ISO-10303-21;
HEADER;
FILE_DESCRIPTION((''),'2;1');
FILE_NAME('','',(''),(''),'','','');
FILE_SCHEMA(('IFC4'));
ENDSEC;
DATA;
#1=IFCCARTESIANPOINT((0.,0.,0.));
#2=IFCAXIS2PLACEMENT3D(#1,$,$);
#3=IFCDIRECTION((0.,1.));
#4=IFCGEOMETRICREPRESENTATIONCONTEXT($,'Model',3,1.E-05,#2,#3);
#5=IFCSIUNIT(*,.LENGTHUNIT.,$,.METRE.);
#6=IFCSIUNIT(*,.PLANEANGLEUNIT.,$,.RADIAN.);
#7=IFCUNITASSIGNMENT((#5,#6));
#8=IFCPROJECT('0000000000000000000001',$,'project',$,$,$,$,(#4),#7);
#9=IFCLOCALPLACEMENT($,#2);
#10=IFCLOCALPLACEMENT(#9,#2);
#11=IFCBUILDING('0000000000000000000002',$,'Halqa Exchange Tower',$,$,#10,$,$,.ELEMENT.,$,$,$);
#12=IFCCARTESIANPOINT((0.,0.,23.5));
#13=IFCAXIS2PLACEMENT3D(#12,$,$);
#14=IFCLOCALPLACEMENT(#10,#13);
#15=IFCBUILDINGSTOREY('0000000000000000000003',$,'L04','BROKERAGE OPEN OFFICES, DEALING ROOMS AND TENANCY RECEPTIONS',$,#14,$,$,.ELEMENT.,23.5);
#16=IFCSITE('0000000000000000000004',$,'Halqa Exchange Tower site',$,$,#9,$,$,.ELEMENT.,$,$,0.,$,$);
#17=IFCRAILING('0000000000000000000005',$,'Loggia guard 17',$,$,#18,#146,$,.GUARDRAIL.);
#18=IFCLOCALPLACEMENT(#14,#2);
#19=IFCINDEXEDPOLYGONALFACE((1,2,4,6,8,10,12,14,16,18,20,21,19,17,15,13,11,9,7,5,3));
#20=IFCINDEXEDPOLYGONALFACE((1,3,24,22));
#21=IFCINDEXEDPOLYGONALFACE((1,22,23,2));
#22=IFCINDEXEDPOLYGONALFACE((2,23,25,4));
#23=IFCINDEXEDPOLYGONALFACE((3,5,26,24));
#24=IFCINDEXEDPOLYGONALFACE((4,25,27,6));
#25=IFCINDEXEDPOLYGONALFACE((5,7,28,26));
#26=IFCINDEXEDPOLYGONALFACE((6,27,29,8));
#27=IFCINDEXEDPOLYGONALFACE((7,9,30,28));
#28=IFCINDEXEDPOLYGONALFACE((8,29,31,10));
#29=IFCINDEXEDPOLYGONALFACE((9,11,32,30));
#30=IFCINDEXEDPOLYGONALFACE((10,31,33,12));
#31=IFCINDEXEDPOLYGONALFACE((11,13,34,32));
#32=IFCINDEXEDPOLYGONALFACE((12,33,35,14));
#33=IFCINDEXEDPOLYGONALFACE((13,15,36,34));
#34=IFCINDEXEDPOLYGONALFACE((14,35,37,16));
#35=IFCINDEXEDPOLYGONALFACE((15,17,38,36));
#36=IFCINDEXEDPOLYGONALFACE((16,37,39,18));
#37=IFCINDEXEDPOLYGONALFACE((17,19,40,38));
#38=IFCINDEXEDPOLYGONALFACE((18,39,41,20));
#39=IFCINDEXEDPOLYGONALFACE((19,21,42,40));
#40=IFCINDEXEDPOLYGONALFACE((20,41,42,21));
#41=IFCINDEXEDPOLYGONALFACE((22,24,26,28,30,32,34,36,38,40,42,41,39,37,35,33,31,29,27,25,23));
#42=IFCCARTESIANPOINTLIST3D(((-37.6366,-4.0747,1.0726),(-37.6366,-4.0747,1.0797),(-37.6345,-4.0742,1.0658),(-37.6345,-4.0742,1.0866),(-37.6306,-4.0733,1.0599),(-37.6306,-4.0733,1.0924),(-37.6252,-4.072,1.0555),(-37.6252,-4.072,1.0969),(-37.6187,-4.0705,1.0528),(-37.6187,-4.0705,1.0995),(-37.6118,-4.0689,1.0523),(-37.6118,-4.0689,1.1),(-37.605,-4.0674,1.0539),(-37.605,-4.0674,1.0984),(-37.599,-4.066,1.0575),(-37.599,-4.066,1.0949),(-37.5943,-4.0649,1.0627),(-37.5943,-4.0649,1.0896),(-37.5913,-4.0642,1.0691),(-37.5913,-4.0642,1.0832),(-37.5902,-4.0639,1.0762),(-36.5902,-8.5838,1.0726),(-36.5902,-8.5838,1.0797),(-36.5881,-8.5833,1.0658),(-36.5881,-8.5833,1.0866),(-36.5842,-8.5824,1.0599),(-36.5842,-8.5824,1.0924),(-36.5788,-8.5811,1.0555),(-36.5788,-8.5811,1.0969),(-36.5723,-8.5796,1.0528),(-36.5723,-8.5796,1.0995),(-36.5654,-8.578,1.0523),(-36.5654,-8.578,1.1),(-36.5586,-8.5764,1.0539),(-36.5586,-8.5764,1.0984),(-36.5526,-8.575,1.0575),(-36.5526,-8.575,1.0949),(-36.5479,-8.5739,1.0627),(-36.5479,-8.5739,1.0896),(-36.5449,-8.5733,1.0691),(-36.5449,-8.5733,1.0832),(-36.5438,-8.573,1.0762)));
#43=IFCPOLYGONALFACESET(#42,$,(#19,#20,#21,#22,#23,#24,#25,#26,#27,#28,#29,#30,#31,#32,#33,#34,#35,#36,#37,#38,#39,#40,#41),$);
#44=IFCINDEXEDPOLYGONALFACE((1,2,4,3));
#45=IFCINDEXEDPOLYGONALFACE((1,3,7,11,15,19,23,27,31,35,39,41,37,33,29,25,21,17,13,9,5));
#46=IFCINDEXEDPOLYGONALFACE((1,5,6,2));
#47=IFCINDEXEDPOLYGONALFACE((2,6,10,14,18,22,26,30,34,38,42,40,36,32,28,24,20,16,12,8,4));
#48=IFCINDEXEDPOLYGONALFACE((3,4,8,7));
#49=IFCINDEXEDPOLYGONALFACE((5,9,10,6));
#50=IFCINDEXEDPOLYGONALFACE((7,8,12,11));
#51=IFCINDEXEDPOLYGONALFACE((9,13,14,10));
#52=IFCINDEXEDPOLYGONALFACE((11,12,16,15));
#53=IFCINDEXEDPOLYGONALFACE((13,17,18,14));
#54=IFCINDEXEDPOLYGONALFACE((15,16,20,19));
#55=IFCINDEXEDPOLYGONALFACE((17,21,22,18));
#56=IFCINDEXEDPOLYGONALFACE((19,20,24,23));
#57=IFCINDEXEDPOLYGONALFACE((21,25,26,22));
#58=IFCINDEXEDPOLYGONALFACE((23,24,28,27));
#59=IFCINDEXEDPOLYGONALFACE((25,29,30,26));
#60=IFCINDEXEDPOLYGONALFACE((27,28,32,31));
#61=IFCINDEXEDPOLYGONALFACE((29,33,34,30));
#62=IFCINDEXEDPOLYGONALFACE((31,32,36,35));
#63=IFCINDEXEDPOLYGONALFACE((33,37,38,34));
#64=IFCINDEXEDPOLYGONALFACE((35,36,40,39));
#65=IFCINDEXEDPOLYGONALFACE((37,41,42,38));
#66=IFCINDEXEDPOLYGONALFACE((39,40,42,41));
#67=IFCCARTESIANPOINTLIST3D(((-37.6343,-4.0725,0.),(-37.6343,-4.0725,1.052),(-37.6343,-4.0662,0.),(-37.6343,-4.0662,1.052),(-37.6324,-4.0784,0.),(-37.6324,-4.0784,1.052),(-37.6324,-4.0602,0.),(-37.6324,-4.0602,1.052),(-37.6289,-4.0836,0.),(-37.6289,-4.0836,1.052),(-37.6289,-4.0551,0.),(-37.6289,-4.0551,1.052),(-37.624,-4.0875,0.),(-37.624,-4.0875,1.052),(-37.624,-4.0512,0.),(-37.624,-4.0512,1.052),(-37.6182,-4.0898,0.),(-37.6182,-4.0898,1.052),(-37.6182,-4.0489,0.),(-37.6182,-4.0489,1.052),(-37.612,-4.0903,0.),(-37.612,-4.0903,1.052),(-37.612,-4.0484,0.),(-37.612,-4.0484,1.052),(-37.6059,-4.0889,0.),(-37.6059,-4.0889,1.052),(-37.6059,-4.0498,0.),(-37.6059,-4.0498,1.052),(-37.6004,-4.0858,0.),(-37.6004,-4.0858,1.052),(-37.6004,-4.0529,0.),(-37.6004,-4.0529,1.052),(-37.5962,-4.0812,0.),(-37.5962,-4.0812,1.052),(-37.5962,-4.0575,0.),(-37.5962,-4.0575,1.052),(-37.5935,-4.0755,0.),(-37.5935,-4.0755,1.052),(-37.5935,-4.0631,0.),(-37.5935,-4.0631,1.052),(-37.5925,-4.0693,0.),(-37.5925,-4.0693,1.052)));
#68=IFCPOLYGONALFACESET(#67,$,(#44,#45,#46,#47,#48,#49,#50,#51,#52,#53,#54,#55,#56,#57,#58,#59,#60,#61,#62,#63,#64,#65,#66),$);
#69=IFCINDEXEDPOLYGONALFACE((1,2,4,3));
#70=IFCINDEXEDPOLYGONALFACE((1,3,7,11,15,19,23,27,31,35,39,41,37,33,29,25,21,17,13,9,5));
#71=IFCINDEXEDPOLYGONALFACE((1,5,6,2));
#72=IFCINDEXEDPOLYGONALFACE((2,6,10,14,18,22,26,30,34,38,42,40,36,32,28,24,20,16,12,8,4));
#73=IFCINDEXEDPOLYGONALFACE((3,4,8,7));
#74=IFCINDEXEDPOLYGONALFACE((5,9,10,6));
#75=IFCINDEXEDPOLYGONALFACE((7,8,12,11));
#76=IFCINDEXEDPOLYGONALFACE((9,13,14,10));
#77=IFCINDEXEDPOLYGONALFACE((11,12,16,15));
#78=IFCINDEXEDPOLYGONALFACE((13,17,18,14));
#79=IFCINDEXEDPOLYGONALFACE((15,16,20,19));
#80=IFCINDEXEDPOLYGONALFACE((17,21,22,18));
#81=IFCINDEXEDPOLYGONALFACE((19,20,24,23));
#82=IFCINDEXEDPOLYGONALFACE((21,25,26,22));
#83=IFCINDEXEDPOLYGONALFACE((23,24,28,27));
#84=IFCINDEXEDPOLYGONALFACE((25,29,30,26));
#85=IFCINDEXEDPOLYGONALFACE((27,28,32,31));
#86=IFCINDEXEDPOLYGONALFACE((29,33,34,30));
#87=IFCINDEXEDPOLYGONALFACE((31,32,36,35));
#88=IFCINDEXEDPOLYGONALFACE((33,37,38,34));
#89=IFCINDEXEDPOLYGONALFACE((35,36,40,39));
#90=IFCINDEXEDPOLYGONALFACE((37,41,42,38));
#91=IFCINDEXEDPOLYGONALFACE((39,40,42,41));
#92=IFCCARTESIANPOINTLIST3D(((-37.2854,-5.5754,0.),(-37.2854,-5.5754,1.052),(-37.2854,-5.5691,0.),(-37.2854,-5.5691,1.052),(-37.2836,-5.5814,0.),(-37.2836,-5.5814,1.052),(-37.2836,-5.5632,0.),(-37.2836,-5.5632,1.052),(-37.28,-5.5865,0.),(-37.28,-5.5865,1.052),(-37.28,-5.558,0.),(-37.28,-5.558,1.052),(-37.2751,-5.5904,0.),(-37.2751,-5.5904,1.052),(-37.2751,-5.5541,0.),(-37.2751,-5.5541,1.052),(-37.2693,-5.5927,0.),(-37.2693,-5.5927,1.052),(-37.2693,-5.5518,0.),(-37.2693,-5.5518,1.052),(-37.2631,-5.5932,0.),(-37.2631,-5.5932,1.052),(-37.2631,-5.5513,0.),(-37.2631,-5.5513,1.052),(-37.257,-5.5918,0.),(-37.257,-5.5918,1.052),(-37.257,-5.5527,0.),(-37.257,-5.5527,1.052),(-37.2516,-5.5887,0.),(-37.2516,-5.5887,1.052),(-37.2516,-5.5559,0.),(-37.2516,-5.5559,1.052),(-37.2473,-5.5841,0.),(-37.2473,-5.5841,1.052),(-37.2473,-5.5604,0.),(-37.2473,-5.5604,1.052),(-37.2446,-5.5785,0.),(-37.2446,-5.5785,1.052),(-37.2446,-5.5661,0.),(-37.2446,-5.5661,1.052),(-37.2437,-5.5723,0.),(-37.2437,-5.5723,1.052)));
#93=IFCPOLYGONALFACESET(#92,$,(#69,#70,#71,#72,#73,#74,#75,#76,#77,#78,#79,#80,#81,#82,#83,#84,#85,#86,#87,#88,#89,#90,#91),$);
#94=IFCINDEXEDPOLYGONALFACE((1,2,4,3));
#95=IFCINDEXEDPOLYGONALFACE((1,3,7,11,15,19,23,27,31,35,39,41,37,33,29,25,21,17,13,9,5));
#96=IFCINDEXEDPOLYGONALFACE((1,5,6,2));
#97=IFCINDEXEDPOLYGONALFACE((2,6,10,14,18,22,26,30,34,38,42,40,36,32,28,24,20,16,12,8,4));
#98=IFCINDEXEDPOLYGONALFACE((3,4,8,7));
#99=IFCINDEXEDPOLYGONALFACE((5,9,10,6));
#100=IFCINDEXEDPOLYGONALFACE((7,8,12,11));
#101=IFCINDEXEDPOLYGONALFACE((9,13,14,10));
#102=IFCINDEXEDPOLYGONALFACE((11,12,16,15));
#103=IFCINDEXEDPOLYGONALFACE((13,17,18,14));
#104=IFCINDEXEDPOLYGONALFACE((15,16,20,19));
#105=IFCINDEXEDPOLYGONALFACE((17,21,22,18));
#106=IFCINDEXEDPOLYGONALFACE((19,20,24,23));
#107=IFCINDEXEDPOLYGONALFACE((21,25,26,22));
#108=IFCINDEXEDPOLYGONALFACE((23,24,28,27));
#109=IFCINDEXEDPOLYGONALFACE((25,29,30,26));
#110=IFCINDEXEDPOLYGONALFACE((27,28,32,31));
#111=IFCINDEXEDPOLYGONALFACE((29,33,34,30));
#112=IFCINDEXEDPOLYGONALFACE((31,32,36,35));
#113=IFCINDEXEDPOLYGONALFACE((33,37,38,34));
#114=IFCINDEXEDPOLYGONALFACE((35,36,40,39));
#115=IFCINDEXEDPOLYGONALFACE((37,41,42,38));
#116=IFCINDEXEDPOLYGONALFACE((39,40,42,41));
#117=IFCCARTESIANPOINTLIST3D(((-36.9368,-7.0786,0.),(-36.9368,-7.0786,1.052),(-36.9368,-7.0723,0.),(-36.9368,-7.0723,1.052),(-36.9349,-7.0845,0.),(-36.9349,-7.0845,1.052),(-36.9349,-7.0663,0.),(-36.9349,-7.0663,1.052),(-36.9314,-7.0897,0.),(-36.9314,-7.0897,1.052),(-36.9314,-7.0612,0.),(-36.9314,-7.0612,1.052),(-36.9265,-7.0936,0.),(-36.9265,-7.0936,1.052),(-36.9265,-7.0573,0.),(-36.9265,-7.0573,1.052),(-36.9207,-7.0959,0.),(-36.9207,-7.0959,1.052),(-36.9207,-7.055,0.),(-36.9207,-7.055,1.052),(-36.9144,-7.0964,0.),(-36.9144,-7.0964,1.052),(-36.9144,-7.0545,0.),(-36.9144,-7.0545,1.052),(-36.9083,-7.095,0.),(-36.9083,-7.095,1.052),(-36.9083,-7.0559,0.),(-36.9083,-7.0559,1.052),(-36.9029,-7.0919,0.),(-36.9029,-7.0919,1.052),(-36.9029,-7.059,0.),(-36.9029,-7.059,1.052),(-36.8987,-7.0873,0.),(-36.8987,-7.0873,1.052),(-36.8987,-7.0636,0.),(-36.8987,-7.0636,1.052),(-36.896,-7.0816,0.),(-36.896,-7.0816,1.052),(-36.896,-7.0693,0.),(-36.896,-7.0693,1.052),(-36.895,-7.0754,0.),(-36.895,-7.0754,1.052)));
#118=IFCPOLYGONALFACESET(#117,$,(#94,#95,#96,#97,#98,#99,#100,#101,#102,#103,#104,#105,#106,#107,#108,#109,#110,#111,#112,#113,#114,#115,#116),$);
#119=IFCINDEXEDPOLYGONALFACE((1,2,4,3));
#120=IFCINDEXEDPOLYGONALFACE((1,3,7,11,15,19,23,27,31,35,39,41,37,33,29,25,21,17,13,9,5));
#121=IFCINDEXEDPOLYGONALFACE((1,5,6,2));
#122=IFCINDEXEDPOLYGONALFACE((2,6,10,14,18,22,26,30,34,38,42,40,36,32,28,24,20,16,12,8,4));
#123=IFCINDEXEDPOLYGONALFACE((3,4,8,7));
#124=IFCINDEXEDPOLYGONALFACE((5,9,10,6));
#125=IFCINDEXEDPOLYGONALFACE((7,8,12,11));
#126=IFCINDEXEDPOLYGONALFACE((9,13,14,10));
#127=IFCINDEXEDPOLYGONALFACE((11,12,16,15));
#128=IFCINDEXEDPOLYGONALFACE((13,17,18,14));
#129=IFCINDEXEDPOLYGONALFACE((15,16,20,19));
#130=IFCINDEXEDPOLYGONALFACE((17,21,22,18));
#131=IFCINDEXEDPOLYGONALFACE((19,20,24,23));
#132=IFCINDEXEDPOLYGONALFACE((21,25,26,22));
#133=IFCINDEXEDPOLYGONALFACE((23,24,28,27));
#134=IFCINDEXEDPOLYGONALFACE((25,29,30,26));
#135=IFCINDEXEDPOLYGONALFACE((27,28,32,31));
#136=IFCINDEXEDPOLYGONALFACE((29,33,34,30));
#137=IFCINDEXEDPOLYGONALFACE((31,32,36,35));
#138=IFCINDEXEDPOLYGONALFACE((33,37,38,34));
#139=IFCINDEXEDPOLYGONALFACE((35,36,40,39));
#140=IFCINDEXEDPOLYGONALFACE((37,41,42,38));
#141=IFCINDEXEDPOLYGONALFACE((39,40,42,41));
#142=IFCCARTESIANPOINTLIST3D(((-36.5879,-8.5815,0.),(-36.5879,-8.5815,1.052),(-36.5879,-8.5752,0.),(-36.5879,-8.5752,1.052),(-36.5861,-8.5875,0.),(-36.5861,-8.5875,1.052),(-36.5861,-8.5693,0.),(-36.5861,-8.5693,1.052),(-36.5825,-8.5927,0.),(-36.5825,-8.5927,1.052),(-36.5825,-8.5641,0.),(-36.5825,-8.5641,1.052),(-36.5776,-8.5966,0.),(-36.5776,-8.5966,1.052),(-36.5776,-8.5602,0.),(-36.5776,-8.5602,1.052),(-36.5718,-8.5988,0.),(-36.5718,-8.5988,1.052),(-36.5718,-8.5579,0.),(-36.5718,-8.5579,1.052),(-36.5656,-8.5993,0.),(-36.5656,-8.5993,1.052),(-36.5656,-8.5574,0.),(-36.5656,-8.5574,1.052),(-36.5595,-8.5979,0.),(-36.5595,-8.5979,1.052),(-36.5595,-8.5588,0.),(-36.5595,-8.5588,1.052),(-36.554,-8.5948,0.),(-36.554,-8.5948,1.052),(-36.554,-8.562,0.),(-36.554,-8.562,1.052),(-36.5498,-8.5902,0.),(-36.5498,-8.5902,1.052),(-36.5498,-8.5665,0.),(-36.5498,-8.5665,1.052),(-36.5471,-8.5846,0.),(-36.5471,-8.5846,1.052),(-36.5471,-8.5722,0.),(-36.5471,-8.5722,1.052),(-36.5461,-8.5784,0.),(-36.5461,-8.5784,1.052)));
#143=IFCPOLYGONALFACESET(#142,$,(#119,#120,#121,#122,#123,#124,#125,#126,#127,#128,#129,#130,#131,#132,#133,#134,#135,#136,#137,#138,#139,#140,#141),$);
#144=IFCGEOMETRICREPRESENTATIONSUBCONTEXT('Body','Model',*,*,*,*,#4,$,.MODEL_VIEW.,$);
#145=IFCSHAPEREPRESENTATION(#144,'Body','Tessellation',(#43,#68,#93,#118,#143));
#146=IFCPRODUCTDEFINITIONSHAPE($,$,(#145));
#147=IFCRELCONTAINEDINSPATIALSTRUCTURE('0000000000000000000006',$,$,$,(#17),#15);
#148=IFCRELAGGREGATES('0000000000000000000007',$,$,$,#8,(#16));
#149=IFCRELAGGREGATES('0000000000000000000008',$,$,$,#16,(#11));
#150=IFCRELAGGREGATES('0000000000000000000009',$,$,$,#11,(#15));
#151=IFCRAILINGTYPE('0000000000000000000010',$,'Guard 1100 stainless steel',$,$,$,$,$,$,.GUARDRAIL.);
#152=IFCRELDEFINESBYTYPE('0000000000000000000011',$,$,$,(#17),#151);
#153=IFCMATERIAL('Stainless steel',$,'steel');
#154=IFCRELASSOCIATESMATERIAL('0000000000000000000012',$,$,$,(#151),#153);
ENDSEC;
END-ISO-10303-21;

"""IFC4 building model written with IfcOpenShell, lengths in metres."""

from ifc_helpers import new_model, si_unit, direction, frame, origin, origin_2d, place, context, subcontext, project, spatial, circle, extrude, material, type_object, element, save


model = new_model("IFC4")

# Units and contexts
model_context = context("Model", 3, precision=1e-05, world=origin(), true_north=direction((0.0, 1.0)))
body_context = subcontext(model_context, "Body", "Model", "MODEL_VIEW")
ifc_project = project(units=[si_unit("LENGTHUNIT", "METRE"), si_unit("PLANEANGLEUNIT", "RADIAN")], contexts=[model_context])

# Site, building, storey
site_placement = place(None, origin())
site = spatial("IfcSite", under=ifc_project, at=site_placement, Name="Halqa Exchange Tower site", CompositionType="ELEMENT", RefElevation=0.0)
building_placement = place(site_placement, origin())
building = spatial("IfcBuilding", under=site, at=building_placement, Name="Halqa Exchange Tower", CompositionType="ELEMENT")
storey_placement = place(building_placement, frame((0.0, 0.0, 23.5)))
storey = spatial("IfcBuildingStorey", under=building, at=storey_placement, Name="L04", Description="BROKERAGE OPEN OFFICES, DEALING ROOMS AND TENANCY RECEPTIONS", CompositionType="ELEMENT", Elevation=23.5)

# Railing
ifc_material_1 = material(Name="Stainless steel", Category="steel")
railing_type = type_object("IfcRailingType", Name="Guard 1100 stainless steel", PredefinedType="GUARDRAIL", material=ifc_material_1)
railing_1_placement = place(storey_placement, frame((-37.6135, -4.0693, 0.0)))
element("IfcRailing", 1, at=railing_1_placement, inside=storey, type_object=railing_type, Name="Loggia guard 17", PredefinedType="GUARDRAIL", context=body_context, shape_type="SweptSolid", body=[
    extrude(circle(Radius=0.0239, at=origin_2d()), frame((0.0, 0.0, 1.0762), z_axis=(0.226057, -0.974114, 0.0), x_axis=(0.974114, 0.226057, 0.0)), (0.0, 0.0, 1.0), 4.6289),
    extrude(circle(Radius=0.021, at=origin_2d()), origin(), (0.0, 0.0, 1.0), 1.052),
    extrude(circle(Radius=0.021, at=origin_2d()), frame((0.3489, -1.5029, 0.0)), (0.0, 0.0, 1.0), 1.052),
    extrude(circle(Radius=0.021, at=origin_2d()), frame((0.6975, -3.0061, 0.0)), (0.0, 0.0, 1.0), 1.052),
    extrude(circle(Radius=0.021, at=origin_2d()), frame((1.0464, -4.509, 0.0)), (0.0, 0.0, 1.0), 1.052),
])

save(model, "model.ifc")
